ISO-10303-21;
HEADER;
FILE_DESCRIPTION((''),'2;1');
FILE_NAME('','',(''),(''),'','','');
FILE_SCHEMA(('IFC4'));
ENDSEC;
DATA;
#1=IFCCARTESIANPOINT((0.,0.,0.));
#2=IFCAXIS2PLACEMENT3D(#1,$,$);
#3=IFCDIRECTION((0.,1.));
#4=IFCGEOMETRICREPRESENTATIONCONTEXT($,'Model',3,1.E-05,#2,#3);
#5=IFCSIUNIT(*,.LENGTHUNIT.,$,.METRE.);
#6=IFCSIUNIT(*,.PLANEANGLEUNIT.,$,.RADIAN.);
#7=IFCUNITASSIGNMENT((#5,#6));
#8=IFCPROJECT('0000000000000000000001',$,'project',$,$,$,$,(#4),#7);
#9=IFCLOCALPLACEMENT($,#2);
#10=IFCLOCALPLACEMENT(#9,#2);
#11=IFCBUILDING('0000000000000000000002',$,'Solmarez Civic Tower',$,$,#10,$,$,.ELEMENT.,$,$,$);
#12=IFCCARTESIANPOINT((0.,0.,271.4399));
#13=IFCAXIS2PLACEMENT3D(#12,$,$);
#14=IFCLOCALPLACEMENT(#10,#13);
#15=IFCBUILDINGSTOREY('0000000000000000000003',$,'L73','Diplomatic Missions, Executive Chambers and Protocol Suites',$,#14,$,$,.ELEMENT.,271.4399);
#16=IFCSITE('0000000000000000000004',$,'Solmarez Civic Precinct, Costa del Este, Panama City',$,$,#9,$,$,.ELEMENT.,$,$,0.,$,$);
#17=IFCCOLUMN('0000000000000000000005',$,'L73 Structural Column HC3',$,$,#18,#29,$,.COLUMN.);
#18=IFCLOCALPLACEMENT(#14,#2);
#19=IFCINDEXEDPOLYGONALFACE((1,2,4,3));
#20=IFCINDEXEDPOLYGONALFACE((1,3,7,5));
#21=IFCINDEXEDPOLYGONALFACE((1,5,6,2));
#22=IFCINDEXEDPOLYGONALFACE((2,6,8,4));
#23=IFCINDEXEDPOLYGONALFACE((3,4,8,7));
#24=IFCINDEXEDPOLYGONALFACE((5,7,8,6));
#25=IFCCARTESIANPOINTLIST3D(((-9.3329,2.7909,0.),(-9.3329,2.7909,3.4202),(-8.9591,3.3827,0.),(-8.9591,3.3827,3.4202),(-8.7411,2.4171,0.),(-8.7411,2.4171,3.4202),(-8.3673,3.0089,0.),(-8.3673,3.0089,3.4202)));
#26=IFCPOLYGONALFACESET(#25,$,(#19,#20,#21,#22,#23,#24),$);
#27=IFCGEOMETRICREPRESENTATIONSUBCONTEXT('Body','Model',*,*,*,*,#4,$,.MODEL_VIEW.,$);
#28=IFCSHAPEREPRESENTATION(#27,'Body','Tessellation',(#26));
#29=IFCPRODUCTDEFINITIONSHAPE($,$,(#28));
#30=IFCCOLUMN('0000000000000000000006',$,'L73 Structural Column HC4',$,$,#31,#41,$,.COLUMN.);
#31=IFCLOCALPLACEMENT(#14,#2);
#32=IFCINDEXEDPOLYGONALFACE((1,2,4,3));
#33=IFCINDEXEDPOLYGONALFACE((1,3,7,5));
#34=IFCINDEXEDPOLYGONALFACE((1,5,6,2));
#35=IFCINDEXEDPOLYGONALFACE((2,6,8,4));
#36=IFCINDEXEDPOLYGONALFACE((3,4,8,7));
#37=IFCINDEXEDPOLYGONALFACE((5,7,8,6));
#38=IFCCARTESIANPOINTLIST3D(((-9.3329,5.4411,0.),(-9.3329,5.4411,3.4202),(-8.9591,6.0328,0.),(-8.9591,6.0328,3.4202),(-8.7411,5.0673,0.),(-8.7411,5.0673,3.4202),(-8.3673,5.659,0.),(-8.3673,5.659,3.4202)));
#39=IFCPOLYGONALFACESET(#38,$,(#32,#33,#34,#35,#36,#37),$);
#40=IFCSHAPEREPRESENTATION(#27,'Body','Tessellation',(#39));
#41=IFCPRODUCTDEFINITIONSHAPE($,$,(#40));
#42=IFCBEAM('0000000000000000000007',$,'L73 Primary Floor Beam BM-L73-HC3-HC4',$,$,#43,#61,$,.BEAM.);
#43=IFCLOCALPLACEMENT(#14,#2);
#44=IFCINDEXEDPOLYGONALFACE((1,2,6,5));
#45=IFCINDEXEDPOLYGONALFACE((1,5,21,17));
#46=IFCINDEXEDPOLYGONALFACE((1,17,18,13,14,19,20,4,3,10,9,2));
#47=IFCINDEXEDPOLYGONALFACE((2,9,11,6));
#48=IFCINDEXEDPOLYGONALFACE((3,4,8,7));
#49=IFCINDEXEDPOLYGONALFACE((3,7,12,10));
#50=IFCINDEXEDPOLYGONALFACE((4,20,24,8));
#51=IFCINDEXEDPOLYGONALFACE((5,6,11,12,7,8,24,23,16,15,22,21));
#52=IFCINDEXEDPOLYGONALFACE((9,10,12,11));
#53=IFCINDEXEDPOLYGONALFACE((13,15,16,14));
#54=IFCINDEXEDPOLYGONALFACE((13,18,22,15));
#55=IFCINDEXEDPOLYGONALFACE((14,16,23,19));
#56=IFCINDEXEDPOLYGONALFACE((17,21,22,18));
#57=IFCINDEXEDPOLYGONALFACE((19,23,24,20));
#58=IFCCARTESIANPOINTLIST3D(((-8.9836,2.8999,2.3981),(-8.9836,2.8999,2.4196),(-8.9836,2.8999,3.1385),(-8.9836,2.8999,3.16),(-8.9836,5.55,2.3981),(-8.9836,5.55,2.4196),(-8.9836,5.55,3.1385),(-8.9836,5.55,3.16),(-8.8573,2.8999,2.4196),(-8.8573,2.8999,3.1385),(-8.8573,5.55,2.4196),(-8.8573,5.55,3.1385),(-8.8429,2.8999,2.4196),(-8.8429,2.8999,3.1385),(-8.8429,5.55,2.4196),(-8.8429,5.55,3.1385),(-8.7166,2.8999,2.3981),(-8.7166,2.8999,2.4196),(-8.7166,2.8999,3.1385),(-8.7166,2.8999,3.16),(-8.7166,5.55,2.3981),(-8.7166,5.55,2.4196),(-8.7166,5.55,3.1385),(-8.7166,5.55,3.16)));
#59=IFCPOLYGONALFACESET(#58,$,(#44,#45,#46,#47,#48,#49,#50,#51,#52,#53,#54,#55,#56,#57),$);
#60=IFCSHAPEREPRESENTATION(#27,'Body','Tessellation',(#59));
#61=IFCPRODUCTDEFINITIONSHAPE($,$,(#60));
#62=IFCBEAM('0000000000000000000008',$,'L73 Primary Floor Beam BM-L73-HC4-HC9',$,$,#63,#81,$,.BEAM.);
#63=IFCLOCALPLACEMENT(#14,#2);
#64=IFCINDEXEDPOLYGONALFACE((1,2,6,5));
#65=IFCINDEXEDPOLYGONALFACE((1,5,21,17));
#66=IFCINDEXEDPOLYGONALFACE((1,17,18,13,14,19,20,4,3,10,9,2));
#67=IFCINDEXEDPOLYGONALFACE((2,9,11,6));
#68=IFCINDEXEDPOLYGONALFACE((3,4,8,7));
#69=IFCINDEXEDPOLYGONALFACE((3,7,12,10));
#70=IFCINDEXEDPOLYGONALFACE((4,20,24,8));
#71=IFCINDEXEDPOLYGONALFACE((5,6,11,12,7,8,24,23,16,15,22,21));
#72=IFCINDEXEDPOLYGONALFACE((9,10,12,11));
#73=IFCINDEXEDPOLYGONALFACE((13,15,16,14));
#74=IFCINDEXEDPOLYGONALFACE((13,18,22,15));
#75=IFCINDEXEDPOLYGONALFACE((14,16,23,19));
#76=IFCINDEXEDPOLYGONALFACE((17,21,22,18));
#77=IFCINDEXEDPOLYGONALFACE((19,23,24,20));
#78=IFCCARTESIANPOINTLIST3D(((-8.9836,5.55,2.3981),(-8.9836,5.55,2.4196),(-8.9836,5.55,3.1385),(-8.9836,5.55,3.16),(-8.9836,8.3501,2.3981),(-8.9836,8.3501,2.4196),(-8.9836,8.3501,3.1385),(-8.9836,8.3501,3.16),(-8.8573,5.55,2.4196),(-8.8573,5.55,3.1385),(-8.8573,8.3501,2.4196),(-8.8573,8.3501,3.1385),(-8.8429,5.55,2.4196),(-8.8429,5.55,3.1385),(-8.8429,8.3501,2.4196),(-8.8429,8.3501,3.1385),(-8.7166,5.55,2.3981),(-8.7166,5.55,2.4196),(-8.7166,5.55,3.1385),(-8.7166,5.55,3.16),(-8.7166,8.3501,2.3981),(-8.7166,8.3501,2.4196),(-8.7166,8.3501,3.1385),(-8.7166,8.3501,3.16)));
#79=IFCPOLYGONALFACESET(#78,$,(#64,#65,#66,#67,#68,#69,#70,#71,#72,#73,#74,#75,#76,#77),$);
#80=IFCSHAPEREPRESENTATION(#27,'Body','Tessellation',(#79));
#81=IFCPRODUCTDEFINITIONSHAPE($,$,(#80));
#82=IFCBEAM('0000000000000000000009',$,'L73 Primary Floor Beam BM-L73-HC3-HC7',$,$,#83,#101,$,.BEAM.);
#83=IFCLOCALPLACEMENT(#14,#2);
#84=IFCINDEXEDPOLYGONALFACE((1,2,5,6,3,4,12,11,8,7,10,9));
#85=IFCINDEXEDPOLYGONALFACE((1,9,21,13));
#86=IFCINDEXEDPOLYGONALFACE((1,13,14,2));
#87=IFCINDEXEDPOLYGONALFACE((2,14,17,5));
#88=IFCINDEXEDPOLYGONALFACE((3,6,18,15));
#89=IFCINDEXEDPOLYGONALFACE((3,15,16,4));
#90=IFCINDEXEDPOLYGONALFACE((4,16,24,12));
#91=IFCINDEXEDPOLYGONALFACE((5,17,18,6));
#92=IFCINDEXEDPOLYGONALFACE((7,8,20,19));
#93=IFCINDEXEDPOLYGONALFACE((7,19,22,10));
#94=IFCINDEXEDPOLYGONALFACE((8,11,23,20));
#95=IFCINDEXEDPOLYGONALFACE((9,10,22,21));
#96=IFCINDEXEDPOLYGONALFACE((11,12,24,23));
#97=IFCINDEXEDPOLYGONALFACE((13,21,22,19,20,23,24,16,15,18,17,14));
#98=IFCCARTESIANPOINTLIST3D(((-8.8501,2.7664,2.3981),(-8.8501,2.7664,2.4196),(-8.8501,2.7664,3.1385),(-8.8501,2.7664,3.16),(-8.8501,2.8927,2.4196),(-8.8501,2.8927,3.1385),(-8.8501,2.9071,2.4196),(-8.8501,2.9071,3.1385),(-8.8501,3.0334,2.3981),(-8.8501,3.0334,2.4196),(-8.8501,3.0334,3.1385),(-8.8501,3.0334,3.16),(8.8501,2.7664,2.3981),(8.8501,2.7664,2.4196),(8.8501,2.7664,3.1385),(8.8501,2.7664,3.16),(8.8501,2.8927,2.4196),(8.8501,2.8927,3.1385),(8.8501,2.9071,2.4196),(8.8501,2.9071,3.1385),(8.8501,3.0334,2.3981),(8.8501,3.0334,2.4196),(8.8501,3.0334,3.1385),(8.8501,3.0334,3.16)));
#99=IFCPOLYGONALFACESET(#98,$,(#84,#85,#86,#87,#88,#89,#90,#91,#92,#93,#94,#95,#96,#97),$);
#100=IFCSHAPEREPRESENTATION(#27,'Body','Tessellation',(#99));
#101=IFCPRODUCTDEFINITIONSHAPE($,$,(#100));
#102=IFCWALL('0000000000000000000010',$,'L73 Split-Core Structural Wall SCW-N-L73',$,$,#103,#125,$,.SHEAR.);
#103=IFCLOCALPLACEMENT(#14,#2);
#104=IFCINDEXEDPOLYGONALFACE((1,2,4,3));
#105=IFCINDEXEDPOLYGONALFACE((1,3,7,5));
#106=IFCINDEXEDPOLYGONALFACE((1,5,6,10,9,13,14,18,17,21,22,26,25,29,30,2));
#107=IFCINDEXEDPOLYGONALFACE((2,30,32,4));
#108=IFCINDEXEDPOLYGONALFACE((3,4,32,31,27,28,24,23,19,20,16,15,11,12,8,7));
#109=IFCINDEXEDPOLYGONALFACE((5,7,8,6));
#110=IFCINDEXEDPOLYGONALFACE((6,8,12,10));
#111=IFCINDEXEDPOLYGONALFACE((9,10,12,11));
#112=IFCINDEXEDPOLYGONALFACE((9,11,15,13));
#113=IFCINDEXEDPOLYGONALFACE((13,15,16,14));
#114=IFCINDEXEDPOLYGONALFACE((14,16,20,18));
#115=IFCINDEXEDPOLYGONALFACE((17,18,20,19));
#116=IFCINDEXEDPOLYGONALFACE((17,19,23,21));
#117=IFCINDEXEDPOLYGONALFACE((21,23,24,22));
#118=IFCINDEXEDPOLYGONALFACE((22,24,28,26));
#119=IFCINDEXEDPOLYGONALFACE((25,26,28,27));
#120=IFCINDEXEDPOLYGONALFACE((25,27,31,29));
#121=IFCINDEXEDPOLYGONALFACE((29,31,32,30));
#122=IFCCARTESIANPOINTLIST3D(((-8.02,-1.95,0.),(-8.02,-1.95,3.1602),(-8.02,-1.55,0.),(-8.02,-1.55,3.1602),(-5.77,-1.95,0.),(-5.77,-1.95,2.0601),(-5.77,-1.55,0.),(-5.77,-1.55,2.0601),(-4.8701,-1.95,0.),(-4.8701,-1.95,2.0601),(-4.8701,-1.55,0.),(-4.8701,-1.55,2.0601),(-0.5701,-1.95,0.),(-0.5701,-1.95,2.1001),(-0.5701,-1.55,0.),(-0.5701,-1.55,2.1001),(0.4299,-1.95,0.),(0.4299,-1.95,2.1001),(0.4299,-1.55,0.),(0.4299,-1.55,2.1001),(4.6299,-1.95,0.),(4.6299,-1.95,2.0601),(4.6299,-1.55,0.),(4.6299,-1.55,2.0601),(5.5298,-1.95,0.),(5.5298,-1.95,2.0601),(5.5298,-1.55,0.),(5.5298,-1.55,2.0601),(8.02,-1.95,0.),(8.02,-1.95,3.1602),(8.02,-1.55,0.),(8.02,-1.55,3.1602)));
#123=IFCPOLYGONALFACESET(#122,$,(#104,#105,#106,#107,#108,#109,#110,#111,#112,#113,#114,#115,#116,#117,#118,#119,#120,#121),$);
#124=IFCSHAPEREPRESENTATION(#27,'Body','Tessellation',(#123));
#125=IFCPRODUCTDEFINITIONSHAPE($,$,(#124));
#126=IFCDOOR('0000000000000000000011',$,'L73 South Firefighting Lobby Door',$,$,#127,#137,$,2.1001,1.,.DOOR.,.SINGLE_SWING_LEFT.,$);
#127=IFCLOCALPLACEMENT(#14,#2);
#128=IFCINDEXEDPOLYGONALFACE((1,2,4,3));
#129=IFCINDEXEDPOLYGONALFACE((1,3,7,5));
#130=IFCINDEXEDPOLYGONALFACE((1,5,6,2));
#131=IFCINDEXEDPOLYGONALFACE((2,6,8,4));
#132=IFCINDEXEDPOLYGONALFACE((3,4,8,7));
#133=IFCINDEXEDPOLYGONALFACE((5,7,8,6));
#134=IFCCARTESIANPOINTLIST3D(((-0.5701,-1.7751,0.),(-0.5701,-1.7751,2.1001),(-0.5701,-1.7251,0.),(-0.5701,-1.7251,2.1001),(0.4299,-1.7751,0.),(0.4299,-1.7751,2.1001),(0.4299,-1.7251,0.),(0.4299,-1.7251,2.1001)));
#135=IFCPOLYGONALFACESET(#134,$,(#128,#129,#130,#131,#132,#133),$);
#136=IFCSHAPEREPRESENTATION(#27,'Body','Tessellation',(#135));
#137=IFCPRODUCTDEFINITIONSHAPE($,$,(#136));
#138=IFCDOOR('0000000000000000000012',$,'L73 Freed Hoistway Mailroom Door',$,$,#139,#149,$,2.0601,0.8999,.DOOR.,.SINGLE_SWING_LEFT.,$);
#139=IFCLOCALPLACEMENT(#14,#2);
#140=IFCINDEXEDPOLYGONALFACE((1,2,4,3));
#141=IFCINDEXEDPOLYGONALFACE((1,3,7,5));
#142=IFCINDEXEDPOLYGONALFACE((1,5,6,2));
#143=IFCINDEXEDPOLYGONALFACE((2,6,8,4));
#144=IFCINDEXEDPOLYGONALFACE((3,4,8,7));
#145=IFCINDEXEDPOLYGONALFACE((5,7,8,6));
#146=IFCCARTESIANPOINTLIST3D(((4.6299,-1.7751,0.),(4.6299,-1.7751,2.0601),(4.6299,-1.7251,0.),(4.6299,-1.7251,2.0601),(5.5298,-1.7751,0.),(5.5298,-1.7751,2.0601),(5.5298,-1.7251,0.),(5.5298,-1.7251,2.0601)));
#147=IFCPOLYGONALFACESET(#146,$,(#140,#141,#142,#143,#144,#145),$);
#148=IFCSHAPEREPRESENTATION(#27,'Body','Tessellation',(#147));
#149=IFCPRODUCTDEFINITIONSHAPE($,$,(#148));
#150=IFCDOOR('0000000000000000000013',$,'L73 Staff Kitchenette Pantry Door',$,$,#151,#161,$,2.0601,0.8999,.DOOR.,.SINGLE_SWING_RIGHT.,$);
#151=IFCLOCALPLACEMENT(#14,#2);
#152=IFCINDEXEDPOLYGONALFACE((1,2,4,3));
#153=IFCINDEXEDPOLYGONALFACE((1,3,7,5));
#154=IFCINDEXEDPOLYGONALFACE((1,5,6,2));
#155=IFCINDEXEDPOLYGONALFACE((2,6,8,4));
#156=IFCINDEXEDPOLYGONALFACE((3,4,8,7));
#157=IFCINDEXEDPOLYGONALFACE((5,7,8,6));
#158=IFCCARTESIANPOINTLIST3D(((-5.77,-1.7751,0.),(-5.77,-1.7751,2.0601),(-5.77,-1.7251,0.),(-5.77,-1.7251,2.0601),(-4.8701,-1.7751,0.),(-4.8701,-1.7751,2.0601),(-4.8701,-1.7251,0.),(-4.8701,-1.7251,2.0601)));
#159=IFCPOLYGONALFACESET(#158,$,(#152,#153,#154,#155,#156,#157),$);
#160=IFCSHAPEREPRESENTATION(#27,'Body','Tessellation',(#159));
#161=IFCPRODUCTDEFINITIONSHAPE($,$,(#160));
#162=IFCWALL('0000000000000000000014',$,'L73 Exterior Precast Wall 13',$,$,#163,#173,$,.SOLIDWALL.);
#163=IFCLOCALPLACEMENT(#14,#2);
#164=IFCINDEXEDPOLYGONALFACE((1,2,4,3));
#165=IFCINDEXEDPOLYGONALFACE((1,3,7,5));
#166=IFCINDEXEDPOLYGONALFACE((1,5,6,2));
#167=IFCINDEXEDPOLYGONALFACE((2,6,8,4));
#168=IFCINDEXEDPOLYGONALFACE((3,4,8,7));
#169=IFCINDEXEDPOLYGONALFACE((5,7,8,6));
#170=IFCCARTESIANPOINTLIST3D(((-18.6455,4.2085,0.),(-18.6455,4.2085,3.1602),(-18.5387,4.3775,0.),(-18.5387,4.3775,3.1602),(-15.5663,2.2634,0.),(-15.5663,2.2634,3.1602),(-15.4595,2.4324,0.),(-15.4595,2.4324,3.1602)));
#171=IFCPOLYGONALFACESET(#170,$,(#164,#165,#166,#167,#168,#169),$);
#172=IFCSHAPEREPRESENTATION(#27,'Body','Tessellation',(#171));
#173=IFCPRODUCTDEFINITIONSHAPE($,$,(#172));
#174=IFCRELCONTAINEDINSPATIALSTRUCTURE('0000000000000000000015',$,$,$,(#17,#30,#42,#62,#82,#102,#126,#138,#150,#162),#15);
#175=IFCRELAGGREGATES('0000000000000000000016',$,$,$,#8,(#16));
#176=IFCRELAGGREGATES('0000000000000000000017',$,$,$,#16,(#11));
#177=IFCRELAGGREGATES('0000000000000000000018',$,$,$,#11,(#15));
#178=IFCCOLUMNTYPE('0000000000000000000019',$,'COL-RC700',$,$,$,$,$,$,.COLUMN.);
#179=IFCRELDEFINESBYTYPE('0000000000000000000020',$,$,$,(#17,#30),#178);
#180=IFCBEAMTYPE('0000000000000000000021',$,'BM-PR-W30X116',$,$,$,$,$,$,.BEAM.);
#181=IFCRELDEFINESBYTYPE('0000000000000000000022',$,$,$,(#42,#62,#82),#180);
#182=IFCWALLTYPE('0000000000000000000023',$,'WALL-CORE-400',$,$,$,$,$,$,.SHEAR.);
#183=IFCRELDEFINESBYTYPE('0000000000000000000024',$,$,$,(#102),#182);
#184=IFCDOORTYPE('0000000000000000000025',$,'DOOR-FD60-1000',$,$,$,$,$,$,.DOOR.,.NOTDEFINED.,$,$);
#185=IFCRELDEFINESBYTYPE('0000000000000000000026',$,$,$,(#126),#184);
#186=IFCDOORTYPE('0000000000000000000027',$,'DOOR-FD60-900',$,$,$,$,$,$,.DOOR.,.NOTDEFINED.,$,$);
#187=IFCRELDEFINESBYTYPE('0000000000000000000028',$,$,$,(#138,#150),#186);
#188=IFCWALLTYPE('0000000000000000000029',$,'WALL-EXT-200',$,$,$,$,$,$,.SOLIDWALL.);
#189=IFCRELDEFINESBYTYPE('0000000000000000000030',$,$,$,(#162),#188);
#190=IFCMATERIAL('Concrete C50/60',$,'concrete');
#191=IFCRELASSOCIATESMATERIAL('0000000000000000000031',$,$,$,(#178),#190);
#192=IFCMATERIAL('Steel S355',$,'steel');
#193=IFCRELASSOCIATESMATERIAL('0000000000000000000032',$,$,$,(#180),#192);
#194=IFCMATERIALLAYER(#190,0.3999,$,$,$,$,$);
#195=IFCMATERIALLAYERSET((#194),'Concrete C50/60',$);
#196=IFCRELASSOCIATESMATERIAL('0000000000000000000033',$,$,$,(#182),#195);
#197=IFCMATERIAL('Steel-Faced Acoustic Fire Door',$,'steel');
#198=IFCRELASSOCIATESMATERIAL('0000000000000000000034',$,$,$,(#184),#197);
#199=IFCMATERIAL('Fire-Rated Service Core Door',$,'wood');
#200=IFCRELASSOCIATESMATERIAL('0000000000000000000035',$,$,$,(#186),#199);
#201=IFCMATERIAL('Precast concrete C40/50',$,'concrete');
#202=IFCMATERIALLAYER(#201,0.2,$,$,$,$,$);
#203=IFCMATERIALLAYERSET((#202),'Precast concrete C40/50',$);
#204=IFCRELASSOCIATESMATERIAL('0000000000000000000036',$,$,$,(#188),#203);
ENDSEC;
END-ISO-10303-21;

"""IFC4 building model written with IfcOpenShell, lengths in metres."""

from ifc_helpers import new_model, si_unit, direction, frame, frame_2d, origin, origin_2d, place, context, subcontext, project, spatial, rectangle, i_section, extrude, material, layer, layer_set, material_profile, profile_set, type_object, element, fill, save


model = new_model("IFC4")

# Units and contexts
model_context = context("Model", 3, precision=1e-05, world=origin(), true_north=direction((0.0, 1.0)))
body_context = subcontext(model_context, "Body", "Model", "MODEL_VIEW")
ifc_project = project(units=[si_unit("LENGTHUNIT", "METRE"), si_unit("PLANEANGLEUNIT", "RADIAN")], contexts=[model_context])

# Site, building, storey
site_placement = place(None, origin())
site = spatial("IfcSite", under=ifc_project, at=site_placement, Name="Solmarez Civic Precinct, Costa del Este, Panama City", CompositionType="ELEMENT", RefElevation=0.0)
building_placement = place(site_placement, origin())
building = spatial("IfcBuilding", under=site, at=building_placement, Name="Solmarez Civic Tower", CompositionType="ELEMENT")
storey_placement = place(building_placement, frame((0.0, 0.0, 271.4399)))
storey = spatial("IfcBuildingStorey", under=building, at=storey_placement, Name="L73", Description="Diplomatic Missions, Executive Chambers and Protocol Suites", CompositionType="ELEMENT", Elevation=271.4399)

# Columns
ifc_material_1 = material(Name="Concrete C50/60", Category="concrete")
ifc_material_profile_1 = material_profile(ifc_material_1, rectangle(XDim=0.7, YDim=0.7, at=origin_2d()), Name="RC700X700")
ifc_profile_set_1 = profile_set([ifc_material_profile_1], Name="Concrete C50/60")
column_type = type_object("IfcColumnType", Name="COL-RC700", PredefinedType="COLUMN", material=ifc_profile_set_1)
for number, where, z_axis, x_axis, name in (
    (1, (-8.8501, 2.8999, 0.0), (0.0, 0.0, 1.0), (0.534057, 0.845448, 0.0), "L73 Structural Column HC3"),
    (2, (-8.8501, 5.55, 0.0), (0.0, 0.0, 1.0), (0.534057, 0.845448, 0.0), "L73 Structural Column HC4"),
):
    element("IfcColumn", number, at=place(storey_placement, frame(where, z_axis=z_axis, x_axis=x_axis)), inside=storey, type_object=column_type, Name=name, PredefinedType="COLUMN", context=body_context, shape_type="SweptSolid", body=[
        extrude(rectangle(XDim=0.7, YDim=0.7, at=origin_2d()), origin(), (0.0, 0.0, 1.0), 3.4202),
    ])

# Beams
ifc_material_2 = material(Name="Steel S355", Category="steel")
ifc_material_profile_2 = material_profile(ifc_material_2, i_section(OverallWidth=0.2671, OverallDepth=0.762, WebThickness=0.0144, FlangeThickness=0.0215, at=origin_2d()), Name="W30X116")
ifc_profile_set_2 = profile_set([ifc_material_profile_2], Name="Steel S355")
beam_type = type_object("IfcBeamType", Name="BM-PR-W30X116", PredefinedType="BEAM", material=ifc_profile_set_2)
beam_1_placement = place(storey_placement, frame((-8.8501, 2.8999, 2.7791), z_axis=(0.0, 1.0, 0.0), x_axis=(-1.0, 0.0, 0.0)))
element("IfcBeam", 3, at=beam_1_placement, inside=storey, type_object=beam_type, Name="L73 Primary Floor Beam BM-L73-HC3-HC4", PredefinedType="BEAM", context=body_context, shape_type="SweptSolid", body=[
    extrude(i_section(OverallWidth=0.2671, OverallDepth=0.762, WebThickness=0.0144, FlangeThickness=0.0215, at=origin_2d()), origin(), (0.0, 0.0, 1.0), 2.6501),
])
beam_2_placement = place(storey_placement, frame((-8.8501, 5.55, 2.7791), z_axis=(0.0, 1.0, 0.0), x_axis=(-1.0, 0.0, 0.0)))
element("IfcBeam", 4, at=beam_2_placement, inside=storey, type_object=beam_type, Name="L73 Primary Floor Beam BM-L73-HC4-HC9", PredefinedType="BEAM", context=body_context, shape_type="SweptSolid", body=[
    extrude(i_section(OverallWidth=0.2671, OverallDepth=0.762, WebThickness=0.0144, FlangeThickness=0.0215, at=origin_2d()), origin(), (0.0, 0.0, 1.0), 2.8),
])
beam_3_placement = place(storey_placement, frame((-8.8501, 2.8999, 2.7791), z_axis=(1.0, 0.0, 0.0), x_axis=(0.0, 1.0, 0.0)))
element("IfcBeam", 5, at=beam_3_placement, inside=storey, type_object=beam_type, Name="L73 Primary Floor Beam BM-L73-HC3-HC7", PredefinedType="BEAM", context=body_context, shape_type="SweptSolid", body=[
    extrude(i_section(OverallWidth=0.2671, OverallDepth=0.762, WebThickness=0.0144, FlangeThickness=0.0215, at=origin_2d()), origin(), (0.0, 0.0, 1.0), 17.7002),
])

# Wall, openings, doors
ifc_layer_1 = layer(ifc_material_1, 0.3999)
ifc_layer_set_1 = layer_set([ifc_layer_1], Name="Concrete C50/60")
wall_type_1 = type_object("IfcWallType", Name="WALL-CORE-400", PredefinedType="SHEAR", material=ifc_layer_set_1)
wall_1_placement = place(storey_placement, frame((-8.02, -1.75, 0.0), z_axis=(0.0, 0.0, 1.0), x_axis=(1.0, 0.0, 0.0)))
wall_1 = element("IfcWall", 6, at=wall_1_placement, inside=storey, type_object=wall_type_1, Name="L73 Split-Core Structural Wall SCW-N-L73", PredefinedType="SHEAR", context=body_context, shape_type="SweptSolid", body=[
    extrude(rectangle(XDim=16.04, YDim=0.3999, at=frame_2d((8.02, 0.0))), origin(), (0.0, 0.0, 1.0), 3.1602),
])
opening_1_placement = place(wall_1_placement, frame((7.45, 0.0, 0.0)))
opening_1 = element("IfcOpeningElement", 7, at=opening_1_placement, cuts=wall_1, PredefinedType="OPENING", context=body_context, shape_type="SweptSolid", body=[
    extrude(rectangle(XDim=1.0, YDim=2.1001, at=frame_2d((0.5, 1.05))), frame((0.0, 0.21, 0.0), z_axis=(0.0, -1.0, 0.0), x_axis=(1.0, 0.0, 0.0)), (0.0, 0.0, 1.0), 0.4199),
])
opening_2_placement = place(wall_1_placement, frame((12.6499, 0.0, 0.0)))
opening_2 = element("IfcOpeningElement", 8, at=opening_2_placement, cuts=wall_1, PredefinedType="OPENING", context=body_context, shape_type="SweptSolid", body=[
    extrude(rectangle(XDim=0.8999, YDim=2.0601, at=frame_2d((0.45, 1.03))), frame((0.0, 0.21, 0.0), z_axis=(0.0, -1.0, 0.0), x_axis=(1.0, 0.0, 0.0)), (0.0, 0.0, 1.0), 0.4199),
])
opening_3_placement = place(wall_1_placement, frame((2.25, 0.0, 0.0)))
opening_3 = element("IfcOpeningElement", 9, at=opening_3_placement, cuts=wall_1, PredefinedType="OPENING", context=body_context, shape_type="SweptSolid", body=[
    extrude(rectangle(XDim=0.8999, YDim=2.0601, at=frame_2d((0.45, 1.03))), frame((0.0, 0.21, 0.0), z_axis=(0.0, -1.0, 0.0), x_axis=(1.0, 0.0, 0.0)), (0.0, 0.0, 1.0), 0.4199),
])
ifc_material_3 = material(Name="Steel-Faced Acoustic Fire Door", Category="steel")
door_type_1 = type_object("IfcDoorType", Name="DOOR-FD60-1000", OperationType="NOTDEFINED", PredefinedType="DOOR", material=ifc_material_3)
door_1_placement = place(opening_1_placement, origin())
door_1 = element("IfcDoor", 10, at=door_1_placement, inside=storey, type_object=door_type_1, Name="L73 South Firefighting Lobby Door", OperationType="SINGLE_SWING_LEFT", OverallHeight=2.1001, OverallWidth=1.0, PredefinedType="DOOR", context=body_context, shape_type="SweptSolid", body=[
    extrude(rectangle(XDim=1.0, YDim=2.1001, at=frame_2d((0.5, 1.05))), frame((0.0, 0.0249, 0.0), z_axis=(0.0, -1.0, 0.0), x_axis=(1.0, 0.0, 0.0)), (0.0, 0.0, 1.0), 0.05),
])
fill(opening_1, door_1)
ifc_material_4 = material(Name="Fire-Rated Service Core Door", Category="wood")
door_type_2 = type_object("IfcDoorType", Name="DOOR-FD60-900", OperationType="NOTDEFINED", PredefinedType="DOOR", material=ifc_material_4)
door_2_placement = place(opening_2_placement, origin())
door_2 = element("IfcDoor", 11, at=door_2_placement, inside=storey, type_object=door_type_2, Name="L73 Freed Hoistway Mailroom Door", OperationType="SINGLE_SWING_LEFT", OverallHeight=2.0601, OverallWidth=0.8999, PredefinedType="DOOR", context=body_context, shape_type="SweptSolid", body=[
    extrude(rectangle(XDim=0.8999, YDim=2.0601, at=frame_2d((0.45, 1.03))), frame((0.0, 0.0249, 0.0), z_axis=(0.0, -1.0, 0.0), x_axis=(1.0, 0.0, 0.0)), (0.0, 0.0, 1.0), 0.05),
])
fill(opening_2, door_2)
door_3_placement = place(opening_3_placement, origin())
door_3 = element("IfcDoor", 12, at=door_3_placement, inside=storey, type_object=door_type_2, Name="L73 Staff Kitchenette Pantry Door", OperationType="SINGLE_SWING_RIGHT", OverallHeight=2.0601, OverallWidth=0.8999, PredefinedType="DOOR", context=body_context, shape_type="SweptSolid", body=[
    extrude(rectangle(XDim=0.8999, YDim=2.0601, at=frame_2d((0.45, 1.03))), frame((0.0, 0.0249, 0.0), z_axis=(0.0, -1.0, 0.0), x_axis=(1.0, 0.0, 0.0)), (0.0, 0.0, 1.0), 0.05),
])
fill(opening_3, door_3)

# Wall
ifc_material_5 = material(Name="Precast concrete C40/50", Category="concrete")
ifc_layer_2 = layer(ifc_material_5, 0.2)
ifc_layer_set_2 = layer_set([ifc_layer_2], Name="Precast concrete C40/50")
wall_type_2 = type_object("IfcWallType", Name="WALL-EXT-200", PredefinedType="SOLIDWALL", material=ifc_layer_set_2)
wall_2_placement = place(storey_placement, frame((-15.5129, 2.3479, 0.0), z_axis=(0.0, 0.0, 1.0), x_axis=(-0.845443, 0.534066, 0.0)))
element("IfcWall", 13, at=wall_2_placement, inside=storey, type_object=wall_type_2, Name="L73 Exterior Precast Wall 13", PredefinedType="SOLIDWALL", context=body_context, shape_type="SweptSolid", body=[
    extrude(rectangle(XDim=3.6421, YDim=0.2, at=frame_2d((1.821, 0.0))), origin(), (0.0, 0.0, 1.0), 3.1602),
])

save(model, "model.ifc")
